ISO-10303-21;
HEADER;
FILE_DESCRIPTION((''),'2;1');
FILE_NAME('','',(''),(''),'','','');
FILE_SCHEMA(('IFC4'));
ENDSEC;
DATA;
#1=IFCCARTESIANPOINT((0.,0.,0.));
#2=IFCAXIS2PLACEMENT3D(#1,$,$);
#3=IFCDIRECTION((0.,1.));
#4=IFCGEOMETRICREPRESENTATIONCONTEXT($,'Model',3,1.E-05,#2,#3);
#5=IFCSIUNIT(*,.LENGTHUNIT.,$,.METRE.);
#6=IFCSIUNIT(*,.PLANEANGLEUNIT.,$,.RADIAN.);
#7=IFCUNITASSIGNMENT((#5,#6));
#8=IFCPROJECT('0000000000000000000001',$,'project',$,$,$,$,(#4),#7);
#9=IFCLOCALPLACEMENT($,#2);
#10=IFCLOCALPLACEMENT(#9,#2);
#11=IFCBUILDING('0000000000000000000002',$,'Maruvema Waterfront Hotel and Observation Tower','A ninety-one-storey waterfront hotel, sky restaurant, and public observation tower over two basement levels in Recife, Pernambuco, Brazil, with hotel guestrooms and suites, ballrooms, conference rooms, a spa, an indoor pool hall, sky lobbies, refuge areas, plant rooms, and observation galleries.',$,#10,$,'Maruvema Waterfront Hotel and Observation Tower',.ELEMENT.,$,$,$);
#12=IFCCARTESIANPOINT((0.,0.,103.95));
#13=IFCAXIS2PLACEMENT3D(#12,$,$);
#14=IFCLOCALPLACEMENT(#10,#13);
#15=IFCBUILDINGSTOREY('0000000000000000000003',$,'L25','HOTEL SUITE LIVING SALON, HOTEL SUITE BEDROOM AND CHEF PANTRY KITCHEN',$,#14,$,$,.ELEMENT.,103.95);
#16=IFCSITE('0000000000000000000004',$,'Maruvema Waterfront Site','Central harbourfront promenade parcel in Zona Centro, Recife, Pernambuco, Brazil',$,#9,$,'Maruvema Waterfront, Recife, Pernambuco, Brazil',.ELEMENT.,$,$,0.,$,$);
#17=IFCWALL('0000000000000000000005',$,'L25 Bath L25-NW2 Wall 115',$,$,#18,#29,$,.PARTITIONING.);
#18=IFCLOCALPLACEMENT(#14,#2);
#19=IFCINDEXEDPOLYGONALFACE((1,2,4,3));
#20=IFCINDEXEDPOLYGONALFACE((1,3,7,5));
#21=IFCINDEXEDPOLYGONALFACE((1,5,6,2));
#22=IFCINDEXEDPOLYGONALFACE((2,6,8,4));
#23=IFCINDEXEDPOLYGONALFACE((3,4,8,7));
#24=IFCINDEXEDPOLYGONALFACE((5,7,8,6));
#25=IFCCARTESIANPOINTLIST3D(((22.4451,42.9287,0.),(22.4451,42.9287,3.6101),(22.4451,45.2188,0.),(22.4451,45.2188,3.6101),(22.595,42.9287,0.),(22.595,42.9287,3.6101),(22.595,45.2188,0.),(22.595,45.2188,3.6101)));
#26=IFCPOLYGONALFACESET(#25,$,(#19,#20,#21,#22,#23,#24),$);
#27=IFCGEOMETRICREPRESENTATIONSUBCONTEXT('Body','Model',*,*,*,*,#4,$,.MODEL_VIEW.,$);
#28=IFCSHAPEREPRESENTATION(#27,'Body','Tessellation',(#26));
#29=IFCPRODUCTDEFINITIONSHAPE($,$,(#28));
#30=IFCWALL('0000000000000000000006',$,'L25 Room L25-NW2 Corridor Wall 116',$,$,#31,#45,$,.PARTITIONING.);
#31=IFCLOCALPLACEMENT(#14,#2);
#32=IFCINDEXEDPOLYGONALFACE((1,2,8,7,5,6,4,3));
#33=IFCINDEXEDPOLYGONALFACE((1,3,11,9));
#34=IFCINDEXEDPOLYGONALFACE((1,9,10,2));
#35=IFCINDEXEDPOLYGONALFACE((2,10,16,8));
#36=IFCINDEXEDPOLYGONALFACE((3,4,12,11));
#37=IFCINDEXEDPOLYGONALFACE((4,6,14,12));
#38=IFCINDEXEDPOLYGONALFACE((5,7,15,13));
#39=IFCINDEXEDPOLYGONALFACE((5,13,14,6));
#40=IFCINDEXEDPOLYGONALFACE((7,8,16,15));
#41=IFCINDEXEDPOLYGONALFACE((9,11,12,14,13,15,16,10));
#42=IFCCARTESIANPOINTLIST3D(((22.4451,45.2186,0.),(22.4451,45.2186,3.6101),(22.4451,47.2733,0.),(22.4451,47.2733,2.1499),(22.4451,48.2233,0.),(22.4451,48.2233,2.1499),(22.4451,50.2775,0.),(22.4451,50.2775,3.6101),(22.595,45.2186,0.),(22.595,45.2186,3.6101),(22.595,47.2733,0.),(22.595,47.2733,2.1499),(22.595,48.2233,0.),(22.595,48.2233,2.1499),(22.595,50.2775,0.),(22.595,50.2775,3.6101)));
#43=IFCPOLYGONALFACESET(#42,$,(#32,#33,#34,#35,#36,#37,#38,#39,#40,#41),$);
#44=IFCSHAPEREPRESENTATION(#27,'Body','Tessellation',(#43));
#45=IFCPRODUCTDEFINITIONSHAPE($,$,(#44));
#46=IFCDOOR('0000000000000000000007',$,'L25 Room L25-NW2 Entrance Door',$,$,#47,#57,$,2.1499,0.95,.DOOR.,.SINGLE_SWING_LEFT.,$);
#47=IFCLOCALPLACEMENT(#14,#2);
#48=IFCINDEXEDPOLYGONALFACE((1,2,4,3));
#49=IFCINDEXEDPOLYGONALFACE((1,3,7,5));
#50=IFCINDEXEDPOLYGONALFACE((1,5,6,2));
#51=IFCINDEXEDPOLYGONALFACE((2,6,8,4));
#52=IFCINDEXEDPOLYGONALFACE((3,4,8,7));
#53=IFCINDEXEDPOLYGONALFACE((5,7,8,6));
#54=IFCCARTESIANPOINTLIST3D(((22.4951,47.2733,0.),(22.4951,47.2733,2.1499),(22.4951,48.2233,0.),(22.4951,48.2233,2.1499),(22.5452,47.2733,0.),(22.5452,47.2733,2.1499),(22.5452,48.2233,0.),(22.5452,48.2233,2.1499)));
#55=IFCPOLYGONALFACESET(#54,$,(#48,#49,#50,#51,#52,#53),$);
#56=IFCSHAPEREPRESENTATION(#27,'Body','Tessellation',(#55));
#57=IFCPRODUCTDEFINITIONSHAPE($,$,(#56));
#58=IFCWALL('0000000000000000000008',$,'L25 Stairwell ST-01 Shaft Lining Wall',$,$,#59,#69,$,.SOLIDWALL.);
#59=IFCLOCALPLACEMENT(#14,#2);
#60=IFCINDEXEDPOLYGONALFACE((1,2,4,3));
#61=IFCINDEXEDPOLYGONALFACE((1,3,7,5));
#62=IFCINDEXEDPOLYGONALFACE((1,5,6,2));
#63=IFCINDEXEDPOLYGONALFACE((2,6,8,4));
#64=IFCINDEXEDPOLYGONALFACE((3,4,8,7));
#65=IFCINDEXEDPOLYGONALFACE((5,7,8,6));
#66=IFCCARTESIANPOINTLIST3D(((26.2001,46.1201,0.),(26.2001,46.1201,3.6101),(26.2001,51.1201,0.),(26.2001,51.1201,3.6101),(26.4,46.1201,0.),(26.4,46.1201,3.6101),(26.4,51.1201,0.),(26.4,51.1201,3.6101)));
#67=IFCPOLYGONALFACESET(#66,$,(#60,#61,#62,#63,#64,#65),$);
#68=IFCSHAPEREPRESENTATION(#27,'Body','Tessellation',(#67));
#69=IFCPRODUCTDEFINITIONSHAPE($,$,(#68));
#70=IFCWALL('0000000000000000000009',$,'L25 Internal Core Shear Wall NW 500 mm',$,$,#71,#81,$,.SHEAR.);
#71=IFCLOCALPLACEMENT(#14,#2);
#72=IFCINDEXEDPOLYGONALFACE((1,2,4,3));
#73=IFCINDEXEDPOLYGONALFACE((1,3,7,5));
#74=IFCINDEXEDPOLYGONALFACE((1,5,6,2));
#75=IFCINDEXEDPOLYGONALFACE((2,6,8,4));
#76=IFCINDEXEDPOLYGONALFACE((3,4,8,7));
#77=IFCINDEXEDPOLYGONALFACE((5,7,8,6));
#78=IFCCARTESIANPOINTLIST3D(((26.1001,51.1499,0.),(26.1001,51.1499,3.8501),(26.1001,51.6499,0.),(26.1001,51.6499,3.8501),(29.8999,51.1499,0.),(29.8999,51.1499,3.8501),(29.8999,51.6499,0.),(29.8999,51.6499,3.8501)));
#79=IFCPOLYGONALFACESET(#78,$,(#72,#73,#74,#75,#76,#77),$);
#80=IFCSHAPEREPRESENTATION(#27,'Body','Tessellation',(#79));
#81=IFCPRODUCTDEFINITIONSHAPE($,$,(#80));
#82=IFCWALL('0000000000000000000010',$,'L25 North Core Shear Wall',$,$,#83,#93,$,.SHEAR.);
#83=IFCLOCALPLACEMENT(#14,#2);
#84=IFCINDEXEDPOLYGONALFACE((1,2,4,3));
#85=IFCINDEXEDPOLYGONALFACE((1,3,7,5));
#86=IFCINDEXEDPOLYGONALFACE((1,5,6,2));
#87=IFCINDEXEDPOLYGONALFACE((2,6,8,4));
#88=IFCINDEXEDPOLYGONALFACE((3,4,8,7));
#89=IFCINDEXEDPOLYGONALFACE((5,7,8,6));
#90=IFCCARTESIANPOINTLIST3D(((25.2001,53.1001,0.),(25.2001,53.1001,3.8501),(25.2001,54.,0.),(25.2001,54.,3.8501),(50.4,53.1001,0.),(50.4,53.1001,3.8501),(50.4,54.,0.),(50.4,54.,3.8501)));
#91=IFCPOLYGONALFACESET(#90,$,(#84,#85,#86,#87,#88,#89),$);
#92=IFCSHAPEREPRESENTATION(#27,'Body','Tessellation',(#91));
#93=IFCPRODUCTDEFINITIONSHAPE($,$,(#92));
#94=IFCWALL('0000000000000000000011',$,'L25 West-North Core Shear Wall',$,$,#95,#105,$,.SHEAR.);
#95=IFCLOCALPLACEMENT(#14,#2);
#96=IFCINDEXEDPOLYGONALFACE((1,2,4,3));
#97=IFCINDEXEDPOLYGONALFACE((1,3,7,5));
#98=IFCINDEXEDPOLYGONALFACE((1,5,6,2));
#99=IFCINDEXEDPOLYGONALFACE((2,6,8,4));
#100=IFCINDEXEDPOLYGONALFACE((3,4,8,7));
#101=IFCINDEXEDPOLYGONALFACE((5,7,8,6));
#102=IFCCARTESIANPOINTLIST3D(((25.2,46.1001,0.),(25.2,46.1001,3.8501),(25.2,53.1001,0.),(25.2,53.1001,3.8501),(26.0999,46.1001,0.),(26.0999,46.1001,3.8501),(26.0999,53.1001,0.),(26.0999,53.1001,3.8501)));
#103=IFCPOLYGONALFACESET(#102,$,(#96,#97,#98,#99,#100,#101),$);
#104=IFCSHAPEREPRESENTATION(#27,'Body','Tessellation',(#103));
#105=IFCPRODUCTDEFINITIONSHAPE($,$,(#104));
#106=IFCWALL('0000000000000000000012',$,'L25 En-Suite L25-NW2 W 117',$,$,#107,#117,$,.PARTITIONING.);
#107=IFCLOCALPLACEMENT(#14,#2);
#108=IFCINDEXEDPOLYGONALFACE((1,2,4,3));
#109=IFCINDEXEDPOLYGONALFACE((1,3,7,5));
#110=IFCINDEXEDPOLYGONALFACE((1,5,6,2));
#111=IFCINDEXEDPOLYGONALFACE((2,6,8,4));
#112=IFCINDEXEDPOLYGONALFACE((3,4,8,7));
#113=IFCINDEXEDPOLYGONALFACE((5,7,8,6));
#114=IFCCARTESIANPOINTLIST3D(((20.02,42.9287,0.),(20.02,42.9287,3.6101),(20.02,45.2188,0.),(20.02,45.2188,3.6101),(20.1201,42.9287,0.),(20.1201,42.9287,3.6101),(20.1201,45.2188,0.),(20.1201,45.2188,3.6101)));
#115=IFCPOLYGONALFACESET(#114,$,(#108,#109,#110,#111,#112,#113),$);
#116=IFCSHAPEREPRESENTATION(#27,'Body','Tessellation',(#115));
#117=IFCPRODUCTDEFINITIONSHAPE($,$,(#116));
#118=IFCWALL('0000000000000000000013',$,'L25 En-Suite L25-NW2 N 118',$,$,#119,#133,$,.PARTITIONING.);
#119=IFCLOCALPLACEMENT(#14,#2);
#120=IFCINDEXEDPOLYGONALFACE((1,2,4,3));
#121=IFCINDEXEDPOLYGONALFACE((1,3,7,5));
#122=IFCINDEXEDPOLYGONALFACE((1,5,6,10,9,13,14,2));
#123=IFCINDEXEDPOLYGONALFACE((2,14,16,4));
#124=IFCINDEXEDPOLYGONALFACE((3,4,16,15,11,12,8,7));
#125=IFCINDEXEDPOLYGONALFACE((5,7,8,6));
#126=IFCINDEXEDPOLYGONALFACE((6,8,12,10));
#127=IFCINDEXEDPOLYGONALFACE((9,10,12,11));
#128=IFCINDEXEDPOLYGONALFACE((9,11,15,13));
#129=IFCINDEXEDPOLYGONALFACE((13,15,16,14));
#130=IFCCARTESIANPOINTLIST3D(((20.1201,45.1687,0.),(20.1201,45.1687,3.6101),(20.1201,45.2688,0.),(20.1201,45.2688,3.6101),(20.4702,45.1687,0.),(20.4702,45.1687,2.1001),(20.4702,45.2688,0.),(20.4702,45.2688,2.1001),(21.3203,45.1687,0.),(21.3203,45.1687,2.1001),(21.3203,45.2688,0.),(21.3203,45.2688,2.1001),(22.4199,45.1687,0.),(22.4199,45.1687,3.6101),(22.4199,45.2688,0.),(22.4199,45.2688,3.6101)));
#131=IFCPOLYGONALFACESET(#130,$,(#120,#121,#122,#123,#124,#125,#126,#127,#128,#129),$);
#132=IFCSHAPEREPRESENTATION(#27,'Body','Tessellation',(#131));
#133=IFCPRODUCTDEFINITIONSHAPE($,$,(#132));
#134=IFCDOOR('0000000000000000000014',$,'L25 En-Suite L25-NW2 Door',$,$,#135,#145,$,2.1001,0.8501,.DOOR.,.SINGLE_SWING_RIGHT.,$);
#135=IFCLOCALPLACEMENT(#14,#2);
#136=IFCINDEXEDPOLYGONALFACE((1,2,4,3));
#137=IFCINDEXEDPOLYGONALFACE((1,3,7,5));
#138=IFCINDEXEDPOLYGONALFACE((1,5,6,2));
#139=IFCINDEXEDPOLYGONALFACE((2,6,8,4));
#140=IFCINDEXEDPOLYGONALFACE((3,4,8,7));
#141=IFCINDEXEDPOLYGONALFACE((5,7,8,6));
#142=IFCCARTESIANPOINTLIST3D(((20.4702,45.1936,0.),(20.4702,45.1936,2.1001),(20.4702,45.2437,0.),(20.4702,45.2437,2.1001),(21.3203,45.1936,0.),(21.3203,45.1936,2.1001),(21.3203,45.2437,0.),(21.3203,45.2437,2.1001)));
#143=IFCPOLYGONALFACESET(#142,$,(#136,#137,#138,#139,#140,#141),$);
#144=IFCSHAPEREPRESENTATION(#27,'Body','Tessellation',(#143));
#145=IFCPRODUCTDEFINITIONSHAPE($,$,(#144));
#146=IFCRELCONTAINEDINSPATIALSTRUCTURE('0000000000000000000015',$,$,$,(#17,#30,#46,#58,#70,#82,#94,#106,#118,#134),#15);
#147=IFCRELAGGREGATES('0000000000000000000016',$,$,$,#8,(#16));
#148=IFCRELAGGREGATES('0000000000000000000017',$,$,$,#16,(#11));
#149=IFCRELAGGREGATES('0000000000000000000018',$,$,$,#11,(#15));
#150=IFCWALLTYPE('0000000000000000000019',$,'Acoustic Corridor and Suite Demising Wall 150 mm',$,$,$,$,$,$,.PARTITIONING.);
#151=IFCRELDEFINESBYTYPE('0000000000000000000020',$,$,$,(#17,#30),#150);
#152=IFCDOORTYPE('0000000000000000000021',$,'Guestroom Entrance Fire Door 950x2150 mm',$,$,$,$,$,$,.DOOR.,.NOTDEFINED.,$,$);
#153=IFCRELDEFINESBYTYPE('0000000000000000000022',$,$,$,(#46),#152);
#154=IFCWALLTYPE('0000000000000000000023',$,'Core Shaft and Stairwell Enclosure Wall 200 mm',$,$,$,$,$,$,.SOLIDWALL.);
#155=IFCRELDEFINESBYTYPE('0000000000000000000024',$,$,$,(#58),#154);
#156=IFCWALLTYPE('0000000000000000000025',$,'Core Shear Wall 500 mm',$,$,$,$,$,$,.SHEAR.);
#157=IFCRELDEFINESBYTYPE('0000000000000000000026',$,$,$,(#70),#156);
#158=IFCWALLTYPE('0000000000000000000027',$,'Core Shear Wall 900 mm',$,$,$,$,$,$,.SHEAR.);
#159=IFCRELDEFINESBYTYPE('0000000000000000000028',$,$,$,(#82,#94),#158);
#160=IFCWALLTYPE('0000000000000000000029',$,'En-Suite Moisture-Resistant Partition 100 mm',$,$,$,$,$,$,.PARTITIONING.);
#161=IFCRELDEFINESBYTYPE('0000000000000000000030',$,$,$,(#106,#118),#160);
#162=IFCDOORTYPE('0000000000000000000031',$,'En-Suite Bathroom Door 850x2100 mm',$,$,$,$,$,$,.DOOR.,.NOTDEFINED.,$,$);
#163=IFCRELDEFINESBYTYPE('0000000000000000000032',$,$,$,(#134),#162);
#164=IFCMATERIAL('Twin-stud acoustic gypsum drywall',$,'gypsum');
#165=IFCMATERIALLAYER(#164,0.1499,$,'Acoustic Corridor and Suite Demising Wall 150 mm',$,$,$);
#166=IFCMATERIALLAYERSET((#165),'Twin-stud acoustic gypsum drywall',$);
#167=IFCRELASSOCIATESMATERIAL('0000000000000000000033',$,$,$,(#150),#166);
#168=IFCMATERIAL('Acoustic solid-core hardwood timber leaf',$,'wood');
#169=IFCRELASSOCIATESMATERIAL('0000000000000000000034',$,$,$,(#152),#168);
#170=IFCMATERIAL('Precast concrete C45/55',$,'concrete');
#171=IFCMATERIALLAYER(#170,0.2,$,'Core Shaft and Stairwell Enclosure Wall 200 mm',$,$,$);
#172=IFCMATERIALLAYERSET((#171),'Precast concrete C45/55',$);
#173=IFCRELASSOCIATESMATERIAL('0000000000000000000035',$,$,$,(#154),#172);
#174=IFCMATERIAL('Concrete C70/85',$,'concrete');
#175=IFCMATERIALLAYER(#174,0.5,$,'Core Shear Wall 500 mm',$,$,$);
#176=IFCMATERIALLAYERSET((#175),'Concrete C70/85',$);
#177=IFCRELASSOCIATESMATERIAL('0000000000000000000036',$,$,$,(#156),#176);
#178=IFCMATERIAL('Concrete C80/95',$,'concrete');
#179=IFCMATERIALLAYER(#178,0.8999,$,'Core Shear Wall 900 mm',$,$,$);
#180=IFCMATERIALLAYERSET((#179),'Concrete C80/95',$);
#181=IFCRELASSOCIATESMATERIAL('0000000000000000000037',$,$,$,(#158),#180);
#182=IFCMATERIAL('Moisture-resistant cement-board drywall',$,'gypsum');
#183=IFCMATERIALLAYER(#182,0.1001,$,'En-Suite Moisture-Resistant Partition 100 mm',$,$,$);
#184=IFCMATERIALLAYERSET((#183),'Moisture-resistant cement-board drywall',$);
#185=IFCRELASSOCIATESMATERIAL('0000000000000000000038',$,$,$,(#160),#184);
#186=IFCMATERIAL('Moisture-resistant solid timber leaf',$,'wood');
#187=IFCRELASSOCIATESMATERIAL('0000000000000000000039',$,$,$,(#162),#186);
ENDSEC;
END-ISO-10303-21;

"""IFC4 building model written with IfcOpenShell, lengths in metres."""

from ifc_helpers import new_model, si_unit, direction, frame, frame_2d, origin, place, context, subcontext, project, spatial, rectangle, extrude, material, layer, layer_set, type_object, element, fill, save


model = new_model("IFC4")

# Units and contexts
model_context = context("Model", 3, precision=1e-05, world=origin(), true_north=direction((0.0, 1.0)))
body_context = subcontext(model_context, "Body", "Model", "MODEL_VIEW")
ifc_project = project(units=[si_unit("LENGTHUNIT", "METRE"), si_unit("PLANEANGLEUNIT", "RADIAN")], contexts=[model_context])

# Site, building, storey
site_placement = place(None, origin())
site = spatial("IfcSite", under=ifc_project, at=site_placement, Name="Maruvema Waterfront Site", Description="Central harbourfront promenade parcel in Zona Centro, Recife, Pernambuco, Brazil", LongName="Maruvema Waterfront, Recife, Pernambuco, Brazil", CompositionType="ELEMENT", RefElevation=0.0)
building_placement = place(site_placement, origin())
building = spatial("IfcBuilding", under=site, at=building_placement, Name="Maruvema Waterfront Hotel and Observation Tower", Description="A ninety-one-storey waterfront hotel, sky restaurant, and public observation tower over two basement levels in Recife, Pernambuco, Brazil, with hotel guestrooms and suites, ballrooms, conference rooms, a spa, an indoor pool hall, sky lobbies, refuge areas, plant rooms, and observation galleries.", LongName="Maruvema Waterfront Hotel and Observation Tower", CompositionType="ELEMENT")
storey_placement = place(building_placement, frame((0.0, 0.0, 103.95)))
storey = spatial("IfcBuildingStorey", under=building, at=storey_placement, Name="L25", Description="HOTEL SUITE LIVING SALON, HOTEL SUITE BEDROOM AND CHEF PANTRY KITCHEN", CompositionType="ELEMENT", Elevation=103.95)

# Wall
ifc_material_1 = material(Name="Twin-stud acoustic gypsum drywall", Category="gypsum")
ifc_layer_1 = layer(ifc_material_1, 0.1499, Name="Acoustic Corridor and Suite Demising Wall 150 mm")
ifc_layer_set_1 = layer_set([ifc_layer_1], Name="Twin-stud acoustic gypsum drywall")
wall_type_1 = type_object("IfcWallType", Name="Acoustic Corridor and Suite Demising Wall 150 mm", PredefinedType="PARTITIONING", material=ifc_layer_set_1)
wall_1_placement = place(storey_placement, frame((22.52, 42.9287, 0.0), z_axis=(0.0, 0.0, 1.0), x_axis=(0.0, 1.0, 0.0)))
element("IfcWall", 1, at=wall_1_placement, inside=storey, type_object=wall_type_1, Name="L25 Bath L25-NW2 Wall 115", PredefinedType="PARTITIONING", context=body_context, shape_type="SweptSolid", body=[
    extrude(rectangle(XDim=2.29, YDim=0.1499, at=frame_2d((1.145, 0.0))), origin(), (0.0, 0.0, 1.0), 3.6101),
])

# Wall, opening, door
wall_2_placement = place(storey_placement, frame((22.52, 45.2188, 0.0), z_axis=(0.0, 0.0, 1.0), x_axis=(0.0, 1.0, 0.0)))
wall_2 = element("IfcWall", 2, at=wall_2_placement, inside=storey, type_object=wall_type_1, Name="L25 Room L25-NW2 Corridor Wall 116", PredefinedType="PARTITIONING", context=body_context, shape_type="SweptSolid", body=[
    extrude(rectangle(XDim=5.0588, YDim=0.1499, at=frame_2d((2.5293, 0.0))), origin(), (0.0, 0.0, 1.0), 3.6101),
])
opening_1_placement = place(wall_2_placement, frame((2.0544, 0.0, 0.0)))
opening_1 = element("IfcOpeningElement", 3, at=opening_1_placement, cuts=wall_2, PredefinedType="OPENING", context=body_context, shape_type="SweptSolid", body=[
    extrude(rectangle(XDim=0.95, YDim=2.1499, at=frame_2d((0.4751, 1.075))), frame((0.0, 0.085, 0.0), z_axis=(0.0, -1.0, 0.0), x_axis=(1.0, 0.0, 0.0)), (0.0, 0.0, 1.0), 0.1699),
])
ifc_material_2 = material(Name="Acoustic solid-core hardwood timber leaf", Category="wood")
door_type_1 = type_object("IfcDoorType", Name="Guestroom Entrance Fire Door 950x2150 mm", OperationType="NOTDEFINED", PredefinedType="DOOR", material=ifc_material_2)
door_1_placement = place(opening_1_placement, origin())
door_1 = element("IfcDoor", 4, at=door_1_placement, inside=storey, type_object=door_type_1, Name="L25 Room L25-NW2 Entrance Door", OperationType="SINGLE_SWING_LEFT", OverallHeight=2.1499, OverallWidth=0.95, PredefinedType="DOOR", context=body_context, shape_type="SweptSolid", body=[
    extrude(rectangle(XDim=0.95, YDim=2.1499, at=frame_2d((0.4751, 1.075))), frame((0.0, 0.0249, 0.0), z_axis=(0.0, -1.0, 0.0), x_axis=(1.0, 0.0, 0.0)), (0.0, 0.0, 1.0), 0.05),
])
fill(opening_1, door_1)

# Walls
ifc_material_3 = material(Name="Precast concrete C45/55", Category="concrete")
ifc_layer_2 = layer(ifc_material_3, 0.2, Name="Core Shaft and Stairwell Enclosure Wall 200 mm")
ifc_layer_set_2 = layer_set([ifc_layer_2], Name="Precast concrete C45/55")
wall_type_2 = type_object("IfcWallType", Name="Core Shaft and Stairwell Enclosure Wall 200 mm", PredefinedType="SOLIDWALL", material=ifc_layer_set_2)
wall_3_placement = place(storey_placement, frame((26.3, 46.1201, 0.0), z_axis=(0.0, 0.0, 1.0), x_axis=(0.0, 1.0, 0.0)))
element("IfcWall", 5, at=wall_3_placement, inside=storey, type_object=wall_type_2, Name="L25 Stairwell ST-01 Shaft Lining Wall", PredefinedType="SOLIDWALL", context=body_context, shape_type="SweptSolid", body=[
    extrude(rectangle(XDim=5.0, YDim=0.2, at=frame_2d((2.5, 0.0))), origin(), (0.0, 0.0, 1.0), 3.6101),
])
ifc_material_4 = material(Name="Concrete C70/85", Category="concrete")
ifc_layer_3 = layer(ifc_material_4, 0.5, Name="Core Shear Wall 500 mm")
ifc_layer_set_3 = layer_set([ifc_layer_3], Name="Concrete C70/85")
wall_type_3 = type_object("IfcWallType", Name="Core Shear Wall 500 mm", PredefinedType="SHEAR", material=ifc_layer_set_3)
wall_4_placement = place(storey_placement, frame((26.1001, 51.3999, 0.0), z_axis=(0.0, 0.0, 1.0), x_axis=(1.0, 0.0, 0.0)))
element("IfcWall", 6, at=wall_4_placement, inside=storey, type_object=wall_type_3, Name="L25 Internal Core Shear Wall NW 500 mm", PredefinedType="SHEAR", context=body_context, shape_type="SweptSolid", body=[
    extrude(rectangle(XDim=3.7998, YDim=0.5, at=frame_2d((1.8999, 0.0))), origin(), (0.0, 0.0, 1.0), 3.8501),
])
ifc_material_5 = material(Name="Concrete C80/95", Category="concrete")
ifc_layer_4 = layer(ifc_material_5, 0.8999, Name="Core Shear Wall 900 mm")
ifc_layer_set_4 = layer_set([ifc_layer_4], Name="Concrete C80/95")
wall_type_4 = type_object("IfcWallType", Name="Core Shear Wall 900 mm", PredefinedType="SHEAR", material=ifc_layer_set_4)
wall_5_placement = place(storey_placement, frame((25.2, 53.55, 0.0), z_axis=(0.0, 0.0, 1.0), x_axis=(1.0, 0.0, 0.0)))
element("IfcWall", 7, at=wall_5_placement, inside=storey, type_object=wall_type_4, Name="L25 North Core Shear Wall", PredefinedType="SHEAR", context=body_context, shape_type="SweptSolid", body=[
    extrude(rectangle(XDim=25.2, YDim=0.8999, at=frame_2d((12.6001, 0.0))), origin(), (0.0, 0.0, 1.0), 3.8501),
])
wall_6_placement = place(storey_placement, frame((25.6499, 46.1001, 0.0), z_axis=(0.0, 0.0, 1.0), x_axis=(0.0, 1.0, 0.0)))
element("IfcWall", 8, at=wall_6_placement, inside=storey, type_object=wall_type_4, Name="L25 West-North Core Shear Wall", PredefinedType="SHEAR", context=body_context, shape_type="SweptSolid", body=[
    extrude(rectangle(XDim=7.0, YDim=0.8999, at=frame_2d((3.5, 0.0))), origin(), (0.0, 0.0, 1.0), 3.8501),
])
ifc_material_6 = material(Name="Moisture-resistant cement-board drywall", Category="gypsum")
ifc_layer_5 = layer(ifc_material_6, 0.1001, Name="En-Suite Moisture-Resistant Partition 100 mm")
ifc_layer_set_5 = layer_set([ifc_layer_5], Name="Moisture-resistant cement-board drywall")
wall_type_5 = type_object("IfcWallType", Name="En-Suite Moisture-Resistant Partition 100 mm", PredefinedType="PARTITIONING", material=ifc_layer_set_5)
wall_7_placement = place(storey_placement, frame((20.0701, 42.9287, 0.0), z_axis=(0.0, 0.0, 1.0), x_axis=(0.0, 1.0, 0.0)))
element("IfcWall", 9, at=wall_7_placement, inside=storey, type_object=wall_type_5, Name="L25 En-Suite L25-NW2 W 117", PredefinedType="PARTITIONING", context=body_context, shape_type="SweptSolid", body=[
    extrude(rectangle(XDim=2.29, YDim=0.1001, at=frame_2d((1.145, 0.0))), origin(), (0.0, 0.0, 1.0), 3.6101),
])

# Wall, opening, door
wall_8_placement = place(storey_placement, frame((20.1201, 45.2188, 0.0), z_axis=(0.0, 0.0, 1.0), x_axis=(1.0, 0.0, 0.0)))
wall_8 = element("IfcWall", 10, at=wall_8_placement, inside=storey, type_object=wall_type_5, Name="L25 En-Suite L25-NW2 N 118", PredefinedType="PARTITIONING", context=body_context, shape_type="SweptSolid", body=[
    extrude(rectangle(XDim=2.2998, YDim=0.1001, at=frame_2d((1.1499, 0.0))), origin(), (0.0, 0.0, 1.0), 3.6101),
])
opening_2_placement = place(wall_8_placement, frame((0.3501, 0.0, 0.0)))
opening_2 = element("IfcOpeningElement", 11, at=opening_2_placement, cuts=wall_8, PredefinedType="OPENING", context=body_context, shape_type="SweptSolid", body=[
    extrude(rectangle(XDim=0.8501, YDim=2.1001, at=frame_2d((0.425, 1.05))), frame((0.0, 0.0601, 0.0), z_axis=(0.0, -1.0, 0.0), x_axis=(1.0, 0.0, 0.0)), (0.0, 0.0, 1.0), 0.1201),
])
ifc_material_7 = material(Name="Moisture-resistant solid timber leaf", Category="wood")
door_type_2 = type_object("IfcDoorType", Name="En-Suite Bathroom Door 850x2100 mm", OperationType="NOTDEFINED", PredefinedType="DOOR", material=ifc_material_7)
door_2_placement = place(opening_2_placement, origin())
door_2 = element("IfcDoor", 12, at=door_2_placement, inside=storey, type_object=door_type_2, Name="L25 En-Suite L25-NW2 Door", OperationType="SINGLE_SWING_RIGHT", OverallHeight=2.1001, OverallWidth=0.8501, PredefinedType="DOOR", context=body_context, shape_type="SweptSolid", body=[
    extrude(rectangle(XDim=0.8501, YDim=2.1001, at=frame_2d((0.425, 1.05))), frame((0.0, 0.0249, 0.0), z_axis=(0.0, -1.0, 0.0), x_axis=(1.0, 0.0, 0.0)), (0.0, 0.0, 1.0), 0.05),
])
fill(opening_2, door_2)

save(model, "model.ifc")
